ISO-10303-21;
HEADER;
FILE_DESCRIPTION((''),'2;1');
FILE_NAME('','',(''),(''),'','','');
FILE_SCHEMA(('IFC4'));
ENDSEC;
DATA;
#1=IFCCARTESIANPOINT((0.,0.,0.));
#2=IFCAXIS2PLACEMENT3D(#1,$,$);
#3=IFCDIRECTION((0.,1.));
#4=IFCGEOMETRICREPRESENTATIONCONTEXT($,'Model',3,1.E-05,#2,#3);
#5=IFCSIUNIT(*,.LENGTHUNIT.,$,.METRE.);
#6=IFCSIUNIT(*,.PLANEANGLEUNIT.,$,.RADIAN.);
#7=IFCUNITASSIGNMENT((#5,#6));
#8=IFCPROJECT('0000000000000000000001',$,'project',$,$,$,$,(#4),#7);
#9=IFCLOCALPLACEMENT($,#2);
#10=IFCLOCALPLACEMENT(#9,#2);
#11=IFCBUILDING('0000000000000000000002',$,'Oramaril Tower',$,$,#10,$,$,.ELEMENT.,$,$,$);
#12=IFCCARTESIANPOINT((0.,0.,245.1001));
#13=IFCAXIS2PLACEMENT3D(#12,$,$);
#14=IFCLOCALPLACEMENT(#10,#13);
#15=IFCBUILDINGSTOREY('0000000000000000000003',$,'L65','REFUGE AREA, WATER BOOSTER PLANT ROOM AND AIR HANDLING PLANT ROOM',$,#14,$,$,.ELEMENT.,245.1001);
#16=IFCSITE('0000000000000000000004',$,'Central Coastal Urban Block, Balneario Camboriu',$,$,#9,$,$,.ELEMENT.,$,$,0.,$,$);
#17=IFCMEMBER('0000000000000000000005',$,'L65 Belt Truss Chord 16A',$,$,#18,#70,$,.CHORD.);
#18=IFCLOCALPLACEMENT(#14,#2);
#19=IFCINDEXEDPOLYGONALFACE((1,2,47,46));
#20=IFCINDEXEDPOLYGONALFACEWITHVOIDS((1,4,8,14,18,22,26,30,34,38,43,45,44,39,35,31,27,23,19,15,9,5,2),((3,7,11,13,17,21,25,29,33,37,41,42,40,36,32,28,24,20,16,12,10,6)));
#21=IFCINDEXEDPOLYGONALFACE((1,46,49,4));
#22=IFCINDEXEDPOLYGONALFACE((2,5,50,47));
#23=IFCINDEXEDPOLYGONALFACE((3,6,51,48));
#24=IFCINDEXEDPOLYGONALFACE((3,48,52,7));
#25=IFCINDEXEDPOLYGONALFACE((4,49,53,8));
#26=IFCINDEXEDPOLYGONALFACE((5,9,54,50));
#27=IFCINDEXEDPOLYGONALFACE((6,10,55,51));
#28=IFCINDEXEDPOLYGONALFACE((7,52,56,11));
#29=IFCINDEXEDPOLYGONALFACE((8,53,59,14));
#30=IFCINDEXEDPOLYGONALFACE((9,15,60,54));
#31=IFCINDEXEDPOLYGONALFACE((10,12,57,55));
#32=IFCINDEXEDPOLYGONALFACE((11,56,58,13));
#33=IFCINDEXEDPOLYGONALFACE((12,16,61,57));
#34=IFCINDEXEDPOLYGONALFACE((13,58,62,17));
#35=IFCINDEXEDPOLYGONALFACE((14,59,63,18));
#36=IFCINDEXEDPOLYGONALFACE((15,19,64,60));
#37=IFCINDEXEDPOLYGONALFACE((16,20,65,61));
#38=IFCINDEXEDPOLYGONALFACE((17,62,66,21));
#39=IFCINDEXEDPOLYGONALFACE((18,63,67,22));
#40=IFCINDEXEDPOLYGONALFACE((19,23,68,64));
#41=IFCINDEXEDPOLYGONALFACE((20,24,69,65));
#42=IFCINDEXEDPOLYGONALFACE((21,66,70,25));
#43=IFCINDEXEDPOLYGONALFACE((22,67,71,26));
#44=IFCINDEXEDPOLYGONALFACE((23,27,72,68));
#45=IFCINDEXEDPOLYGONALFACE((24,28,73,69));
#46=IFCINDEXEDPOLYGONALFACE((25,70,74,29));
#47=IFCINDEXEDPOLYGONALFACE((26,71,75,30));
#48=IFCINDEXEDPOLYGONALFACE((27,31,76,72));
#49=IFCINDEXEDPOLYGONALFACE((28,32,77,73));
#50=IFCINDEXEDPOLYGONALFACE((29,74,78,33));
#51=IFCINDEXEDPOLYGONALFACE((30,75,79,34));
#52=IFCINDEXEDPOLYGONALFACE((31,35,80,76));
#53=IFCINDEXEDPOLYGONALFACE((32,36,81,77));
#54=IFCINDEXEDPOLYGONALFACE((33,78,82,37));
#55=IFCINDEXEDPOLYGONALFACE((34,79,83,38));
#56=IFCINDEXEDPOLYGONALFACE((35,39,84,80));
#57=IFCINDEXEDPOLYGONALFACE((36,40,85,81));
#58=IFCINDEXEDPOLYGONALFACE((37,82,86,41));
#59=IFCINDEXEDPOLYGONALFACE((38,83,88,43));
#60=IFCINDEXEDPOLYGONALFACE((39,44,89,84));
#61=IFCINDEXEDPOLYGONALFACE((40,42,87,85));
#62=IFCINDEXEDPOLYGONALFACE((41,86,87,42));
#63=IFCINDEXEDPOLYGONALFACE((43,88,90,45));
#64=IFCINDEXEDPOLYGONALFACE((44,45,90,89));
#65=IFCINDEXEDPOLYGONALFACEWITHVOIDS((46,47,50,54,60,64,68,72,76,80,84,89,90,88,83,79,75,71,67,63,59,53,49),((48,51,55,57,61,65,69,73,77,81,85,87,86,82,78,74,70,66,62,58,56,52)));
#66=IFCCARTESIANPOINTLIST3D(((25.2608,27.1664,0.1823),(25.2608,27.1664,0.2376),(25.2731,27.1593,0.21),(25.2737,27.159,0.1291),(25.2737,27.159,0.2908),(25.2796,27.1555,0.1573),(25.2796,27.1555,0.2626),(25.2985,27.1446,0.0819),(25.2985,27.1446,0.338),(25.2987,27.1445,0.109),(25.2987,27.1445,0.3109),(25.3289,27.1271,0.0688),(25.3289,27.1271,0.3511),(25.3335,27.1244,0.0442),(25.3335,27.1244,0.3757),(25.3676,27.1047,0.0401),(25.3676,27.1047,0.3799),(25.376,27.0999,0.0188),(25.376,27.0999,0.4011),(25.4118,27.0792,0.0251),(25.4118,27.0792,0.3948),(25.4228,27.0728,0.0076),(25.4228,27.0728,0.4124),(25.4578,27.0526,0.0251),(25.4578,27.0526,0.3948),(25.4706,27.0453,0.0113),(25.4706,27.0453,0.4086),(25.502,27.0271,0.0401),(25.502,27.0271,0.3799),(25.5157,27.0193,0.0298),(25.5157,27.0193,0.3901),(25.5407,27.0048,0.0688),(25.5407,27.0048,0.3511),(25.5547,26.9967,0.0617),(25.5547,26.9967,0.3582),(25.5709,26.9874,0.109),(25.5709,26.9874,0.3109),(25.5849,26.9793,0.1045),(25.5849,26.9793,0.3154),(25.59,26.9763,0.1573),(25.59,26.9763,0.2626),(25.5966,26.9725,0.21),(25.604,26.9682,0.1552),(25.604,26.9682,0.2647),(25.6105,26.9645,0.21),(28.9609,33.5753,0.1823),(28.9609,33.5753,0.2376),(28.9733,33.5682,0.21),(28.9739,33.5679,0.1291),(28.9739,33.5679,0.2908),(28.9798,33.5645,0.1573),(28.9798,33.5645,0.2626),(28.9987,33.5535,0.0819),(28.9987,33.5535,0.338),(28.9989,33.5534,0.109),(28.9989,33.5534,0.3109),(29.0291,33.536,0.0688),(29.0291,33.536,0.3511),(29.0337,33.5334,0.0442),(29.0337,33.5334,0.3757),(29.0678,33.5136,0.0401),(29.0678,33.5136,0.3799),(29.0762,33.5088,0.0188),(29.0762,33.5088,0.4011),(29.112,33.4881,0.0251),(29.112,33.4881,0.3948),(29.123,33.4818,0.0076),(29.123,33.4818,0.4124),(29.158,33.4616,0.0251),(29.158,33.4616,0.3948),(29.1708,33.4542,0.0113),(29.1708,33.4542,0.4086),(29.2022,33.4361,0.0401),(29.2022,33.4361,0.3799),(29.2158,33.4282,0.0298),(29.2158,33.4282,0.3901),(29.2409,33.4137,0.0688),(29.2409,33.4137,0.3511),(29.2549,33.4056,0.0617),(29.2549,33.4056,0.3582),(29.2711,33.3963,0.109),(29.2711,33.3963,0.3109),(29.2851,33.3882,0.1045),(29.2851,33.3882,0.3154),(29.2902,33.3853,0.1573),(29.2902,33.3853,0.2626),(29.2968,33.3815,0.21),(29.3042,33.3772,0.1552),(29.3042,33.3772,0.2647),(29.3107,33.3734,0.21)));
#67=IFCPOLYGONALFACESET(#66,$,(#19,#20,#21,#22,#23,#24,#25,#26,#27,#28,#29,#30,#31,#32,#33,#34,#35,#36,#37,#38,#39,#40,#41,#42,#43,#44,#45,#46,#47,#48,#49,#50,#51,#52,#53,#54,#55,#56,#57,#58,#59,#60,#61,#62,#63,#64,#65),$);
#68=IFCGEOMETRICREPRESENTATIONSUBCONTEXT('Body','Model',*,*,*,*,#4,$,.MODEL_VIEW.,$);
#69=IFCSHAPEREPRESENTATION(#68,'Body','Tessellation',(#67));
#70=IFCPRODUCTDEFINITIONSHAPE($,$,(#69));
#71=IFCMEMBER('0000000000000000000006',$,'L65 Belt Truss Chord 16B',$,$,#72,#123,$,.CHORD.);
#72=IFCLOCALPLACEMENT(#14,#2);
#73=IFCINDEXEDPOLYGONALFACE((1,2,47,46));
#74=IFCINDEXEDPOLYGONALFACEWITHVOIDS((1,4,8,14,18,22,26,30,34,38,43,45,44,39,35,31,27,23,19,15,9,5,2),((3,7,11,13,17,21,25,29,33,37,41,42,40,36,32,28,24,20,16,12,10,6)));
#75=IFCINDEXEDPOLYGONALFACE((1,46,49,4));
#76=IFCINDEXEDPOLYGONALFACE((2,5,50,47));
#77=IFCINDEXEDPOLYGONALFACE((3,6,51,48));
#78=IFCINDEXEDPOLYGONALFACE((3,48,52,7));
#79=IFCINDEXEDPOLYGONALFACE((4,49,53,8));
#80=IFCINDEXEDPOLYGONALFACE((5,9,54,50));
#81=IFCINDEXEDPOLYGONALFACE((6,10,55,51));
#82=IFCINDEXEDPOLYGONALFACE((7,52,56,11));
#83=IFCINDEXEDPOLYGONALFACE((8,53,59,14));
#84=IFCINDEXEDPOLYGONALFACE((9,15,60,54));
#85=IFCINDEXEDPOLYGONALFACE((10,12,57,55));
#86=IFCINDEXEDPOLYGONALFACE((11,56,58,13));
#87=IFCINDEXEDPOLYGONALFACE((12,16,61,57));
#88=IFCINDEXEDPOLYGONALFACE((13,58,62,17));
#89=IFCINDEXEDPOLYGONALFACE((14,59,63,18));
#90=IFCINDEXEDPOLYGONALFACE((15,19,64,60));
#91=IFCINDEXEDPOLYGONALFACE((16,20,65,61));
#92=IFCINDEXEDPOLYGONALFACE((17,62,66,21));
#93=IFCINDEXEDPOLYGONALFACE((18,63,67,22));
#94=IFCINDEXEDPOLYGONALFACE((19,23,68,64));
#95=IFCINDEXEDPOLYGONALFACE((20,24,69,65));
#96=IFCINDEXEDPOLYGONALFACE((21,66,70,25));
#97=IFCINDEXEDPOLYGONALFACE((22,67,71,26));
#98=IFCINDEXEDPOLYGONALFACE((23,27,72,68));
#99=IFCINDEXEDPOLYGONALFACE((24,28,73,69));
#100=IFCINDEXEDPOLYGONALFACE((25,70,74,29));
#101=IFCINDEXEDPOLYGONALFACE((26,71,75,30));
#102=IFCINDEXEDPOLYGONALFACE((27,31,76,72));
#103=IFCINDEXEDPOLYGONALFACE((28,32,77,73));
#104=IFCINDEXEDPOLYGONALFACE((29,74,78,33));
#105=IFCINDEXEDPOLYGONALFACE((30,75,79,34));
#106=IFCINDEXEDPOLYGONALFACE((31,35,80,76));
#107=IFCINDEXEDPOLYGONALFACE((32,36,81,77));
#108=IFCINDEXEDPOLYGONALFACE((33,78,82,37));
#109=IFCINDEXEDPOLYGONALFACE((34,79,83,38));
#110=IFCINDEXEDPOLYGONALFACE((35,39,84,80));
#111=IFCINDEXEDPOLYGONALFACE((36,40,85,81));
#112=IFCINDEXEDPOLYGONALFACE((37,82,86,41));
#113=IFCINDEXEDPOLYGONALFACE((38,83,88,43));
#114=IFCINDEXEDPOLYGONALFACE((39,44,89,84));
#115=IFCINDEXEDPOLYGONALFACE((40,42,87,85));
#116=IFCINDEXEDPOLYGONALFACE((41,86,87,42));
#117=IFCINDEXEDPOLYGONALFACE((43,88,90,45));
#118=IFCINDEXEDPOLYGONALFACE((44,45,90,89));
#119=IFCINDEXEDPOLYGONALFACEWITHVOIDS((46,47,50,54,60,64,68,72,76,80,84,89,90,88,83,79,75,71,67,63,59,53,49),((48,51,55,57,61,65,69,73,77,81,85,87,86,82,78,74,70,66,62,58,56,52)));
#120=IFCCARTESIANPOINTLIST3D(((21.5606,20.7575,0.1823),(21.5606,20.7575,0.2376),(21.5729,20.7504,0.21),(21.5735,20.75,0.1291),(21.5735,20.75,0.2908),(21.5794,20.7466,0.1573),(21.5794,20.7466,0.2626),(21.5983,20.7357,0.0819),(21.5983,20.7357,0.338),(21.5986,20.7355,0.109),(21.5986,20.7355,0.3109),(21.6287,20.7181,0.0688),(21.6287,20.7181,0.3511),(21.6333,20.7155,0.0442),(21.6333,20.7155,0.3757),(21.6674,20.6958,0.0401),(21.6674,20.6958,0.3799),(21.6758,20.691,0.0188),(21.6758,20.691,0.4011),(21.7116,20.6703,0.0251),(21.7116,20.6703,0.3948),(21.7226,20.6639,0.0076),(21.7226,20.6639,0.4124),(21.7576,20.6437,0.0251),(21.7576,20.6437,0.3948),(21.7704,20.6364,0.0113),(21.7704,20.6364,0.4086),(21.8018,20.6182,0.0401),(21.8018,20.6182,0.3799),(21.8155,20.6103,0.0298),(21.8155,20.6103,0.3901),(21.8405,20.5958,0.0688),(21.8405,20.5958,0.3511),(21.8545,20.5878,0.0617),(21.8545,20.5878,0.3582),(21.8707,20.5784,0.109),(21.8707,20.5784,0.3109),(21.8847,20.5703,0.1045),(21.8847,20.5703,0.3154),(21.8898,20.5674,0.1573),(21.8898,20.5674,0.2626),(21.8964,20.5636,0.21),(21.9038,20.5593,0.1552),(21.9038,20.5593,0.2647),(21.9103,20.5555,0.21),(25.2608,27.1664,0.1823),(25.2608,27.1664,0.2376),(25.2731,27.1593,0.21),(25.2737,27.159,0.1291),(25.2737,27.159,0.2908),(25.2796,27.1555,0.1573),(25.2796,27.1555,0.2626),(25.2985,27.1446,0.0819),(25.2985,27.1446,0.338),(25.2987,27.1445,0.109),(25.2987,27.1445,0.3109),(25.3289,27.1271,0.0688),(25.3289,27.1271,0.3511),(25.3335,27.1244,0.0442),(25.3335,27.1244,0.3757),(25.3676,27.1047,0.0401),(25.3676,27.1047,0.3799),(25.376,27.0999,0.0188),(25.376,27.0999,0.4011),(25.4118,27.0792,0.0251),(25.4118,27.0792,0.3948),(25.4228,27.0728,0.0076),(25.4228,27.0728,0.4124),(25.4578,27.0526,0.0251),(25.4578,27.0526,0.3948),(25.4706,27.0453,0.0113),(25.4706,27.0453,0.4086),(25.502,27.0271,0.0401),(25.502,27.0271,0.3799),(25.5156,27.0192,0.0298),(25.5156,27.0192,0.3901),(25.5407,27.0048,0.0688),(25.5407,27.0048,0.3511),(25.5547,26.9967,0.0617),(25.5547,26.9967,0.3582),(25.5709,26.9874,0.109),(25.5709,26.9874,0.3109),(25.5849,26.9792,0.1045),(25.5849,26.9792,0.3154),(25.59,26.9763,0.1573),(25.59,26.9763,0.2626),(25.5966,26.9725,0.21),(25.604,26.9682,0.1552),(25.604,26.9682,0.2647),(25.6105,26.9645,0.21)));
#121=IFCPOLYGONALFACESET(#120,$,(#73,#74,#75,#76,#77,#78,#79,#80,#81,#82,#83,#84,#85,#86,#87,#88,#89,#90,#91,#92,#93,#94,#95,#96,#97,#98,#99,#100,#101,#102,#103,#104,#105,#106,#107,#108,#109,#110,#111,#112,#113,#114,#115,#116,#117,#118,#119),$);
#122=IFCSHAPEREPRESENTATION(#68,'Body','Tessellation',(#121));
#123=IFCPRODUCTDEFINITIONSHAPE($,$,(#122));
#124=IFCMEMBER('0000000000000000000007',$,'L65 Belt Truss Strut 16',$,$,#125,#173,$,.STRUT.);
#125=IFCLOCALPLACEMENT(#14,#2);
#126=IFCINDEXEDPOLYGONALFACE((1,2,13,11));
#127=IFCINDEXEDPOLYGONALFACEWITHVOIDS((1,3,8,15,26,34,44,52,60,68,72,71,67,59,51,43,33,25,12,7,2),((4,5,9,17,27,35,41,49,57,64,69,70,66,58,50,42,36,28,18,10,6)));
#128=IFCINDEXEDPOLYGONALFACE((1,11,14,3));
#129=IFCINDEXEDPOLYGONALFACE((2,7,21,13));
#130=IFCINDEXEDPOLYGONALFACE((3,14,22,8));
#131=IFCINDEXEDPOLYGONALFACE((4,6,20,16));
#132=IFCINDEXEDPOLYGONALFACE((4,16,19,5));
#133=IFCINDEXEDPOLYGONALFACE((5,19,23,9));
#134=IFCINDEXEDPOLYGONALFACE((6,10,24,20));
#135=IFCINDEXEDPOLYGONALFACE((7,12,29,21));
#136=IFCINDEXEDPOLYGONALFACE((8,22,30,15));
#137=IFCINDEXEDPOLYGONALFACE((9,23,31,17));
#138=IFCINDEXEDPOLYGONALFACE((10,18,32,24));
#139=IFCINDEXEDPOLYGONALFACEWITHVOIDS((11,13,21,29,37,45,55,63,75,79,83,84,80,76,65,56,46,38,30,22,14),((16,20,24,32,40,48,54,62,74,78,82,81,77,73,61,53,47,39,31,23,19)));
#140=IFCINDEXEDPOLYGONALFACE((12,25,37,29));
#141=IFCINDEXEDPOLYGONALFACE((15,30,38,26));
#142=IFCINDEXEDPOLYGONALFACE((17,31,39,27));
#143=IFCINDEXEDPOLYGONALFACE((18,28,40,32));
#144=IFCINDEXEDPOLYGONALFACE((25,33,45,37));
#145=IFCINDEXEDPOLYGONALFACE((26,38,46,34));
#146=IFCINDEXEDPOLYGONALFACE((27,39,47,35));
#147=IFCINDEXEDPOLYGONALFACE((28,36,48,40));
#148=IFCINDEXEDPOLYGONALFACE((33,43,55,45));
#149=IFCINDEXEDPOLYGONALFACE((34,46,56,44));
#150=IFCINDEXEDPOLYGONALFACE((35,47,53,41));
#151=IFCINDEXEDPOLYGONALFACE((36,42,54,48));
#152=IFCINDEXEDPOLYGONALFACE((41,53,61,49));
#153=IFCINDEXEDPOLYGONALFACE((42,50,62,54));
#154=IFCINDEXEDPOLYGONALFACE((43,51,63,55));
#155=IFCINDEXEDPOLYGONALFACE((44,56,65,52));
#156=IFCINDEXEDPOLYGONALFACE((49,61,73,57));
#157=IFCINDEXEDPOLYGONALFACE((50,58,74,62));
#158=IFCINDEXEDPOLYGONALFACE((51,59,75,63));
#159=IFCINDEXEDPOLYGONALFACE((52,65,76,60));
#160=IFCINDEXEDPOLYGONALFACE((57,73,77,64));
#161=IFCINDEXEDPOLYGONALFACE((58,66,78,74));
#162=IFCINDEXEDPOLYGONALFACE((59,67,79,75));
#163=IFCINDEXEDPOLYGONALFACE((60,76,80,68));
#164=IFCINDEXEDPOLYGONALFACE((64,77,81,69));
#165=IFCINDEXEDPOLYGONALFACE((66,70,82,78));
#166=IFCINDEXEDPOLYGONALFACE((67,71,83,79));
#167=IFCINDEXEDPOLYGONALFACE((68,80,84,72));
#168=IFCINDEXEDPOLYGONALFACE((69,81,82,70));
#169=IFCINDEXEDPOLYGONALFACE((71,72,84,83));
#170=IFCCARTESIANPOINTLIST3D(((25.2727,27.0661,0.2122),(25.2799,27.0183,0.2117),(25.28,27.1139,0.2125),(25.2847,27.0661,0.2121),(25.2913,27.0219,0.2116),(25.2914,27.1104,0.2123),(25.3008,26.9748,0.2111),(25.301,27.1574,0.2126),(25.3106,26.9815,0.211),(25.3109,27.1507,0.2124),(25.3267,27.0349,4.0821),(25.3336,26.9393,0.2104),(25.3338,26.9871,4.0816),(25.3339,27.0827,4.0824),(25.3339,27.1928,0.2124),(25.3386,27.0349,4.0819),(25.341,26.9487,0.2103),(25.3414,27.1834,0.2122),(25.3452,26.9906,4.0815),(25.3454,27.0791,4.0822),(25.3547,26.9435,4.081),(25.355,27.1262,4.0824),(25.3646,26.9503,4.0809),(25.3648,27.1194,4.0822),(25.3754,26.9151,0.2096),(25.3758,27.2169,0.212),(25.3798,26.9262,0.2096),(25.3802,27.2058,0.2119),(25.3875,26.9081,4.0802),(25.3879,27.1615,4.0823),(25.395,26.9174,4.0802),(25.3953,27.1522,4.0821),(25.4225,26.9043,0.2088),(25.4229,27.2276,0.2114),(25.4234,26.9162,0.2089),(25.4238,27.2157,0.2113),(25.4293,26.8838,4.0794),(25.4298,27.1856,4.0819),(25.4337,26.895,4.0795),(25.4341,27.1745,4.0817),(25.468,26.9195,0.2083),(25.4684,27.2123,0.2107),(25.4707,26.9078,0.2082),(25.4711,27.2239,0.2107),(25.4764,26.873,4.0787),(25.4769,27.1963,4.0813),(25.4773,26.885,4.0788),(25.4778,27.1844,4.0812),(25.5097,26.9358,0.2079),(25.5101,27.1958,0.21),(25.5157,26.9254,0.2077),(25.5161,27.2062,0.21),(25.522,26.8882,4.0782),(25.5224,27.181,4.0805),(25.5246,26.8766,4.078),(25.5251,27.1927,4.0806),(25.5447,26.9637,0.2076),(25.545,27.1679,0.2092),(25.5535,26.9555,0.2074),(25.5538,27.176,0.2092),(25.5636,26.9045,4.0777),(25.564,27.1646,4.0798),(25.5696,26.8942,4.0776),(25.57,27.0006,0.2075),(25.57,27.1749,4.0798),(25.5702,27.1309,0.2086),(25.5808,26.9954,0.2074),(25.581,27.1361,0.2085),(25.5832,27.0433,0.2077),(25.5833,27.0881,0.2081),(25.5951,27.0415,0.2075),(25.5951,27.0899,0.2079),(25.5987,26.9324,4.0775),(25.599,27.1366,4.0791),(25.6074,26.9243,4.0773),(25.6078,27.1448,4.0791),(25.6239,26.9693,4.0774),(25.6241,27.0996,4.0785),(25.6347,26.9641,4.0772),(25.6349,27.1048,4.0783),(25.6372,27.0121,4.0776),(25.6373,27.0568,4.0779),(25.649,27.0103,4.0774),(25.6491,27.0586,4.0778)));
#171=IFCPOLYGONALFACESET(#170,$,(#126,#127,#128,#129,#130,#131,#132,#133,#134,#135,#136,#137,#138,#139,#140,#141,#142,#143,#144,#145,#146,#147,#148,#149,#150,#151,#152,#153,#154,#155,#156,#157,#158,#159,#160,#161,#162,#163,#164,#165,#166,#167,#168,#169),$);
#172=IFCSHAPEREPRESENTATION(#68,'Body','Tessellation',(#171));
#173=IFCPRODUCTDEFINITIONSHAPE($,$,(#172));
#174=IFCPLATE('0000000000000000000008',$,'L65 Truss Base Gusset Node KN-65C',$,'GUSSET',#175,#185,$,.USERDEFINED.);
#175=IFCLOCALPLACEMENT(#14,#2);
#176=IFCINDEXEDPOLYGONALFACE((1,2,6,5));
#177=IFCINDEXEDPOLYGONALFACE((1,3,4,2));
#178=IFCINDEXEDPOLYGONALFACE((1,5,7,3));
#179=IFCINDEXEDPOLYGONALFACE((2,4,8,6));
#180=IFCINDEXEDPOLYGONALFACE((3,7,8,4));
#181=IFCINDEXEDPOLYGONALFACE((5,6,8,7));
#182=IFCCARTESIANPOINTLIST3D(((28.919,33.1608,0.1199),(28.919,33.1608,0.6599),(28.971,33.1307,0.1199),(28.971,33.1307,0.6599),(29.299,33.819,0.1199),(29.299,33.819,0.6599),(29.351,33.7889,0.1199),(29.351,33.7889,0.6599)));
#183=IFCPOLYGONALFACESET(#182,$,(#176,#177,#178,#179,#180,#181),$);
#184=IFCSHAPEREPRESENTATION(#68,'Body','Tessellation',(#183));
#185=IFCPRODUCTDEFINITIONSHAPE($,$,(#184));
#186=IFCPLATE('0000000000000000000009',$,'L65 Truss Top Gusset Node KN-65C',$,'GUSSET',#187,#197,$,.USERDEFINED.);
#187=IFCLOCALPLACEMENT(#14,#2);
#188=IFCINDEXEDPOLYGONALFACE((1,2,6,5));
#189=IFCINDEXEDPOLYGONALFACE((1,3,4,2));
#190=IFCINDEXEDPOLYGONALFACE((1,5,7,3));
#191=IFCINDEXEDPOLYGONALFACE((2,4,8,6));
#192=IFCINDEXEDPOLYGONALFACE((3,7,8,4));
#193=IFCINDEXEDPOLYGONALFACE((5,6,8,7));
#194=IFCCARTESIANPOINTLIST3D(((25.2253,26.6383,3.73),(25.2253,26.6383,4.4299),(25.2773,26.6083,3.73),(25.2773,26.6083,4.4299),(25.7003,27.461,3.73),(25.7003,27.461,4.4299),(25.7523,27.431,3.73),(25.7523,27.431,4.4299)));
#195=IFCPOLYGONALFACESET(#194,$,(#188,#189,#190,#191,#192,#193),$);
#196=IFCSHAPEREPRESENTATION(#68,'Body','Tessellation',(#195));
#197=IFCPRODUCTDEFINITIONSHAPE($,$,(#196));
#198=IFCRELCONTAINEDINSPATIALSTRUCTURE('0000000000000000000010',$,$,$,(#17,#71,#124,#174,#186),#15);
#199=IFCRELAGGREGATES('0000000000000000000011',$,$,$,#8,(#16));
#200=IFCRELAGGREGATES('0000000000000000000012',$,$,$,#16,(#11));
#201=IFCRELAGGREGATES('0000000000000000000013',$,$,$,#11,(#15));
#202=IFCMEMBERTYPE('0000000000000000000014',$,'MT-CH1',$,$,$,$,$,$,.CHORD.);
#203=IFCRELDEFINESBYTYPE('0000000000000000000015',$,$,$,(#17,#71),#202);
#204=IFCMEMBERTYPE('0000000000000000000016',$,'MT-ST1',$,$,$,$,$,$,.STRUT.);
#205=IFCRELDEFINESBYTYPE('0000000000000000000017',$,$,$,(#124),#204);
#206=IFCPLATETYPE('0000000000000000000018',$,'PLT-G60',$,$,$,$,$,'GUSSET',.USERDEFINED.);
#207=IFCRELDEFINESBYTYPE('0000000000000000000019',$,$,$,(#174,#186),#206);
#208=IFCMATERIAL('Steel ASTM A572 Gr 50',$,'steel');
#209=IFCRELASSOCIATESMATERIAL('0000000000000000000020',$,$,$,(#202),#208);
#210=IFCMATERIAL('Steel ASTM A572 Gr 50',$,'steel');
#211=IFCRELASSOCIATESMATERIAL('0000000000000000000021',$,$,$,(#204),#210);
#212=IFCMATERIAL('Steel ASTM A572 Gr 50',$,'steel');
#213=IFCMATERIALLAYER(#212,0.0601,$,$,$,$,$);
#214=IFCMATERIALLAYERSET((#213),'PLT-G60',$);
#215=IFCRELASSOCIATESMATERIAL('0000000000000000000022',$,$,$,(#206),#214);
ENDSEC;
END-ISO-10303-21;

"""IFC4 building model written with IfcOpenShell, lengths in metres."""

from ifc_helpers import new_model, si_unit, direction, frame, origin, origin_2d, place, context, subcontext, project, spatial, rectangle, hollow_circle, extrude, material, layer, layer_set, material_profile, profile_set, type_object, element, save


model = new_model("IFC4")

# Units and contexts
model_context = context("Model", 3, precision=1e-05, world=origin(), true_north=direction((0.0, 1.0)))
body_context = subcontext(model_context, "Body", "Model", "MODEL_VIEW")
ifc_project = project(units=[si_unit("LENGTHUNIT", "METRE"), si_unit("PLANEANGLEUNIT", "RADIAN")], contexts=[model_context])

# Site, building, storey
site_placement = place(None, origin())
site = spatial("IfcSite", under=ifc_project, at=site_placement, Name="Central Coastal Urban Block, Balneario Camboriu", CompositionType="ELEMENT", RefElevation=0.0)
building_placement = place(site_placement, origin())
building = spatial("IfcBuilding", under=site, at=building_placement, Name="Oramaril Tower", CompositionType="ELEMENT")
storey_placement = place(building_placement, frame((0.0, 0.0, 245.1001)))
storey = spatial("IfcBuildingStorey", under=building, at=storey_placement, Name="L65", Description="REFUGE AREA, WATER BOOSTER PLANT ROOM AND AIR HANDLING PLANT ROOM", CompositionType="ELEMENT", Elevation=245.1001)

# Members
ifc_material_1 = material(Name="Steel ASTM A572 Gr 50", Category="steel")
ifc_material_profile_1 = material_profile(ifc_material_1, hollow_circle(Radius=0.2029, WallThickness=0.0161, at=origin_2d()), Name="CHS406X16")
ifc_profile_set_1 = profile_set([ifc_material_profile_1], Name="Steel ASTM A572 Gr 50")
member_type_1 = type_object("IfcMemberType", Name="MT-CH1", PredefinedType="CHORD", material=ifc_profile_set_1)
for number, where, z_axis, x_axis, name in (
    (1, (29.135, 33.4749, 0.21), (-0.499999, -0.866026, 0.0), (0.866026, -0.499999, 0.0), "L65 Belt Truss Chord 16A"),
    (2, (25.4348, 27.0659, 0.21), (-0.499999, -0.866026, 0.0), (0.866026, -0.499999, 0.0), "L65 Belt Truss Chord 16B"),
):
    element("IfcMember", number, at=place(storey_placement, frame(where, z_axis=z_axis, x_axis=x_axis)), inside=storey, type_object=member_type_1, Name=name, PredefinedType="CHORD", context=body_context, shape_type="SweptSolid", body=[
        extrude(hollow_circle(Radius=0.2029, WallThickness=0.0161, at=origin_2d()), origin(), (0.0, 0.0, 1.0), 7.4004),
    ])
ifc_material_2 = material(Name="Steel ASTM A572 Gr 50", Category="steel")
ifc_material_profile_2 = material_profile(ifc_material_2, hollow_circle(Radius=0.1621, WallThickness=0.012, at=origin_2d()), Name="CHS324X12")
ifc_profile_set_2 = profile_set([ifc_material_profile_2], Name="Steel ASTM A572 Gr 50")
member_type_2 = type_object("IfcMemberType", Name="MT-ST1", PredefinedType="STRUT", material=ifc_profile_set_2)
member_1_placement = place(storey_placement, frame((25.4348, 27.0659, 0.21), z_axis=(0.013941, -0.008074, 0.99987), x_axis=(0.501191, 0.865337, 0.0)))
element("IfcMember", 3, at=member_1_placement, inside=storey, type_object=member_type_2, Name="L65 Belt Truss Strut 16", PredefinedType="STRUT", context=body_context, shape_type="SweptSolid", body=[
    extrude(hollow_circle(Radius=0.1621, WallThickness=0.012, at=origin_2d()), origin(), (0.0, 0.0, 1.0), 3.8704),
])

# Plates
ifc_material_3 = material(Name="Steel ASTM A572 Gr 50", Category="steel")
ifc_layer_1 = layer(ifc_material_3, 0.0601)
ifc_layer_set_1 = layer_set([ifc_layer_1], Name="PLT-G60")
plate_type = type_object("IfcPlateType", Name="PLT-G60", ElementType="GUSSET", PredefinedType="USERDEFINED", material=ifc_layer_set_1)
plate_1_placement = place(storey_placement, frame((29.135, 33.4749, 0.1199), z_axis=(0.0, 0.0, 1.0), x_axis=(-0.499998, -0.866026, 0.0)))
element("IfcPlate", 4, at=plate_1_placement, inside=storey, type_object=plate_type, Name="L65 Truss Base Gusset Node KN-65C", ObjectType="GUSSET", PredefinedType="USERDEFINED", context=body_context, shape_type="SweptSolid", body=[
    extrude(rectangle(XDim=0.76, YDim=0.0601, at=origin_2d()), origin(), (0.0, 0.0, 1.0), 0.54),
])
plate_2_placement = place(storey_placement, frame((25.4888, 27.0347, 3.73), z_axis=(0.0, 0.0, 1.0), x_axis=(-0.500002, -0.866025, 0.0)))
element("IfcPlate", 5, at=plate_2_placement, inside=storey, type_object=plate_type, Name="L65 Truss Top Gusset Node KN-65C", ObjectType="GUSSET", PredefinedType="USERDEFINED", context=body_context, shape_type="SweptSolid", body=[
    extrude(rectangle(XDim=0.95, YDim=0.0601, at=origin_2d()), origin(), (0.0, 0.0, 1.0), 0.7),
])

save(model, "model.ifc")
